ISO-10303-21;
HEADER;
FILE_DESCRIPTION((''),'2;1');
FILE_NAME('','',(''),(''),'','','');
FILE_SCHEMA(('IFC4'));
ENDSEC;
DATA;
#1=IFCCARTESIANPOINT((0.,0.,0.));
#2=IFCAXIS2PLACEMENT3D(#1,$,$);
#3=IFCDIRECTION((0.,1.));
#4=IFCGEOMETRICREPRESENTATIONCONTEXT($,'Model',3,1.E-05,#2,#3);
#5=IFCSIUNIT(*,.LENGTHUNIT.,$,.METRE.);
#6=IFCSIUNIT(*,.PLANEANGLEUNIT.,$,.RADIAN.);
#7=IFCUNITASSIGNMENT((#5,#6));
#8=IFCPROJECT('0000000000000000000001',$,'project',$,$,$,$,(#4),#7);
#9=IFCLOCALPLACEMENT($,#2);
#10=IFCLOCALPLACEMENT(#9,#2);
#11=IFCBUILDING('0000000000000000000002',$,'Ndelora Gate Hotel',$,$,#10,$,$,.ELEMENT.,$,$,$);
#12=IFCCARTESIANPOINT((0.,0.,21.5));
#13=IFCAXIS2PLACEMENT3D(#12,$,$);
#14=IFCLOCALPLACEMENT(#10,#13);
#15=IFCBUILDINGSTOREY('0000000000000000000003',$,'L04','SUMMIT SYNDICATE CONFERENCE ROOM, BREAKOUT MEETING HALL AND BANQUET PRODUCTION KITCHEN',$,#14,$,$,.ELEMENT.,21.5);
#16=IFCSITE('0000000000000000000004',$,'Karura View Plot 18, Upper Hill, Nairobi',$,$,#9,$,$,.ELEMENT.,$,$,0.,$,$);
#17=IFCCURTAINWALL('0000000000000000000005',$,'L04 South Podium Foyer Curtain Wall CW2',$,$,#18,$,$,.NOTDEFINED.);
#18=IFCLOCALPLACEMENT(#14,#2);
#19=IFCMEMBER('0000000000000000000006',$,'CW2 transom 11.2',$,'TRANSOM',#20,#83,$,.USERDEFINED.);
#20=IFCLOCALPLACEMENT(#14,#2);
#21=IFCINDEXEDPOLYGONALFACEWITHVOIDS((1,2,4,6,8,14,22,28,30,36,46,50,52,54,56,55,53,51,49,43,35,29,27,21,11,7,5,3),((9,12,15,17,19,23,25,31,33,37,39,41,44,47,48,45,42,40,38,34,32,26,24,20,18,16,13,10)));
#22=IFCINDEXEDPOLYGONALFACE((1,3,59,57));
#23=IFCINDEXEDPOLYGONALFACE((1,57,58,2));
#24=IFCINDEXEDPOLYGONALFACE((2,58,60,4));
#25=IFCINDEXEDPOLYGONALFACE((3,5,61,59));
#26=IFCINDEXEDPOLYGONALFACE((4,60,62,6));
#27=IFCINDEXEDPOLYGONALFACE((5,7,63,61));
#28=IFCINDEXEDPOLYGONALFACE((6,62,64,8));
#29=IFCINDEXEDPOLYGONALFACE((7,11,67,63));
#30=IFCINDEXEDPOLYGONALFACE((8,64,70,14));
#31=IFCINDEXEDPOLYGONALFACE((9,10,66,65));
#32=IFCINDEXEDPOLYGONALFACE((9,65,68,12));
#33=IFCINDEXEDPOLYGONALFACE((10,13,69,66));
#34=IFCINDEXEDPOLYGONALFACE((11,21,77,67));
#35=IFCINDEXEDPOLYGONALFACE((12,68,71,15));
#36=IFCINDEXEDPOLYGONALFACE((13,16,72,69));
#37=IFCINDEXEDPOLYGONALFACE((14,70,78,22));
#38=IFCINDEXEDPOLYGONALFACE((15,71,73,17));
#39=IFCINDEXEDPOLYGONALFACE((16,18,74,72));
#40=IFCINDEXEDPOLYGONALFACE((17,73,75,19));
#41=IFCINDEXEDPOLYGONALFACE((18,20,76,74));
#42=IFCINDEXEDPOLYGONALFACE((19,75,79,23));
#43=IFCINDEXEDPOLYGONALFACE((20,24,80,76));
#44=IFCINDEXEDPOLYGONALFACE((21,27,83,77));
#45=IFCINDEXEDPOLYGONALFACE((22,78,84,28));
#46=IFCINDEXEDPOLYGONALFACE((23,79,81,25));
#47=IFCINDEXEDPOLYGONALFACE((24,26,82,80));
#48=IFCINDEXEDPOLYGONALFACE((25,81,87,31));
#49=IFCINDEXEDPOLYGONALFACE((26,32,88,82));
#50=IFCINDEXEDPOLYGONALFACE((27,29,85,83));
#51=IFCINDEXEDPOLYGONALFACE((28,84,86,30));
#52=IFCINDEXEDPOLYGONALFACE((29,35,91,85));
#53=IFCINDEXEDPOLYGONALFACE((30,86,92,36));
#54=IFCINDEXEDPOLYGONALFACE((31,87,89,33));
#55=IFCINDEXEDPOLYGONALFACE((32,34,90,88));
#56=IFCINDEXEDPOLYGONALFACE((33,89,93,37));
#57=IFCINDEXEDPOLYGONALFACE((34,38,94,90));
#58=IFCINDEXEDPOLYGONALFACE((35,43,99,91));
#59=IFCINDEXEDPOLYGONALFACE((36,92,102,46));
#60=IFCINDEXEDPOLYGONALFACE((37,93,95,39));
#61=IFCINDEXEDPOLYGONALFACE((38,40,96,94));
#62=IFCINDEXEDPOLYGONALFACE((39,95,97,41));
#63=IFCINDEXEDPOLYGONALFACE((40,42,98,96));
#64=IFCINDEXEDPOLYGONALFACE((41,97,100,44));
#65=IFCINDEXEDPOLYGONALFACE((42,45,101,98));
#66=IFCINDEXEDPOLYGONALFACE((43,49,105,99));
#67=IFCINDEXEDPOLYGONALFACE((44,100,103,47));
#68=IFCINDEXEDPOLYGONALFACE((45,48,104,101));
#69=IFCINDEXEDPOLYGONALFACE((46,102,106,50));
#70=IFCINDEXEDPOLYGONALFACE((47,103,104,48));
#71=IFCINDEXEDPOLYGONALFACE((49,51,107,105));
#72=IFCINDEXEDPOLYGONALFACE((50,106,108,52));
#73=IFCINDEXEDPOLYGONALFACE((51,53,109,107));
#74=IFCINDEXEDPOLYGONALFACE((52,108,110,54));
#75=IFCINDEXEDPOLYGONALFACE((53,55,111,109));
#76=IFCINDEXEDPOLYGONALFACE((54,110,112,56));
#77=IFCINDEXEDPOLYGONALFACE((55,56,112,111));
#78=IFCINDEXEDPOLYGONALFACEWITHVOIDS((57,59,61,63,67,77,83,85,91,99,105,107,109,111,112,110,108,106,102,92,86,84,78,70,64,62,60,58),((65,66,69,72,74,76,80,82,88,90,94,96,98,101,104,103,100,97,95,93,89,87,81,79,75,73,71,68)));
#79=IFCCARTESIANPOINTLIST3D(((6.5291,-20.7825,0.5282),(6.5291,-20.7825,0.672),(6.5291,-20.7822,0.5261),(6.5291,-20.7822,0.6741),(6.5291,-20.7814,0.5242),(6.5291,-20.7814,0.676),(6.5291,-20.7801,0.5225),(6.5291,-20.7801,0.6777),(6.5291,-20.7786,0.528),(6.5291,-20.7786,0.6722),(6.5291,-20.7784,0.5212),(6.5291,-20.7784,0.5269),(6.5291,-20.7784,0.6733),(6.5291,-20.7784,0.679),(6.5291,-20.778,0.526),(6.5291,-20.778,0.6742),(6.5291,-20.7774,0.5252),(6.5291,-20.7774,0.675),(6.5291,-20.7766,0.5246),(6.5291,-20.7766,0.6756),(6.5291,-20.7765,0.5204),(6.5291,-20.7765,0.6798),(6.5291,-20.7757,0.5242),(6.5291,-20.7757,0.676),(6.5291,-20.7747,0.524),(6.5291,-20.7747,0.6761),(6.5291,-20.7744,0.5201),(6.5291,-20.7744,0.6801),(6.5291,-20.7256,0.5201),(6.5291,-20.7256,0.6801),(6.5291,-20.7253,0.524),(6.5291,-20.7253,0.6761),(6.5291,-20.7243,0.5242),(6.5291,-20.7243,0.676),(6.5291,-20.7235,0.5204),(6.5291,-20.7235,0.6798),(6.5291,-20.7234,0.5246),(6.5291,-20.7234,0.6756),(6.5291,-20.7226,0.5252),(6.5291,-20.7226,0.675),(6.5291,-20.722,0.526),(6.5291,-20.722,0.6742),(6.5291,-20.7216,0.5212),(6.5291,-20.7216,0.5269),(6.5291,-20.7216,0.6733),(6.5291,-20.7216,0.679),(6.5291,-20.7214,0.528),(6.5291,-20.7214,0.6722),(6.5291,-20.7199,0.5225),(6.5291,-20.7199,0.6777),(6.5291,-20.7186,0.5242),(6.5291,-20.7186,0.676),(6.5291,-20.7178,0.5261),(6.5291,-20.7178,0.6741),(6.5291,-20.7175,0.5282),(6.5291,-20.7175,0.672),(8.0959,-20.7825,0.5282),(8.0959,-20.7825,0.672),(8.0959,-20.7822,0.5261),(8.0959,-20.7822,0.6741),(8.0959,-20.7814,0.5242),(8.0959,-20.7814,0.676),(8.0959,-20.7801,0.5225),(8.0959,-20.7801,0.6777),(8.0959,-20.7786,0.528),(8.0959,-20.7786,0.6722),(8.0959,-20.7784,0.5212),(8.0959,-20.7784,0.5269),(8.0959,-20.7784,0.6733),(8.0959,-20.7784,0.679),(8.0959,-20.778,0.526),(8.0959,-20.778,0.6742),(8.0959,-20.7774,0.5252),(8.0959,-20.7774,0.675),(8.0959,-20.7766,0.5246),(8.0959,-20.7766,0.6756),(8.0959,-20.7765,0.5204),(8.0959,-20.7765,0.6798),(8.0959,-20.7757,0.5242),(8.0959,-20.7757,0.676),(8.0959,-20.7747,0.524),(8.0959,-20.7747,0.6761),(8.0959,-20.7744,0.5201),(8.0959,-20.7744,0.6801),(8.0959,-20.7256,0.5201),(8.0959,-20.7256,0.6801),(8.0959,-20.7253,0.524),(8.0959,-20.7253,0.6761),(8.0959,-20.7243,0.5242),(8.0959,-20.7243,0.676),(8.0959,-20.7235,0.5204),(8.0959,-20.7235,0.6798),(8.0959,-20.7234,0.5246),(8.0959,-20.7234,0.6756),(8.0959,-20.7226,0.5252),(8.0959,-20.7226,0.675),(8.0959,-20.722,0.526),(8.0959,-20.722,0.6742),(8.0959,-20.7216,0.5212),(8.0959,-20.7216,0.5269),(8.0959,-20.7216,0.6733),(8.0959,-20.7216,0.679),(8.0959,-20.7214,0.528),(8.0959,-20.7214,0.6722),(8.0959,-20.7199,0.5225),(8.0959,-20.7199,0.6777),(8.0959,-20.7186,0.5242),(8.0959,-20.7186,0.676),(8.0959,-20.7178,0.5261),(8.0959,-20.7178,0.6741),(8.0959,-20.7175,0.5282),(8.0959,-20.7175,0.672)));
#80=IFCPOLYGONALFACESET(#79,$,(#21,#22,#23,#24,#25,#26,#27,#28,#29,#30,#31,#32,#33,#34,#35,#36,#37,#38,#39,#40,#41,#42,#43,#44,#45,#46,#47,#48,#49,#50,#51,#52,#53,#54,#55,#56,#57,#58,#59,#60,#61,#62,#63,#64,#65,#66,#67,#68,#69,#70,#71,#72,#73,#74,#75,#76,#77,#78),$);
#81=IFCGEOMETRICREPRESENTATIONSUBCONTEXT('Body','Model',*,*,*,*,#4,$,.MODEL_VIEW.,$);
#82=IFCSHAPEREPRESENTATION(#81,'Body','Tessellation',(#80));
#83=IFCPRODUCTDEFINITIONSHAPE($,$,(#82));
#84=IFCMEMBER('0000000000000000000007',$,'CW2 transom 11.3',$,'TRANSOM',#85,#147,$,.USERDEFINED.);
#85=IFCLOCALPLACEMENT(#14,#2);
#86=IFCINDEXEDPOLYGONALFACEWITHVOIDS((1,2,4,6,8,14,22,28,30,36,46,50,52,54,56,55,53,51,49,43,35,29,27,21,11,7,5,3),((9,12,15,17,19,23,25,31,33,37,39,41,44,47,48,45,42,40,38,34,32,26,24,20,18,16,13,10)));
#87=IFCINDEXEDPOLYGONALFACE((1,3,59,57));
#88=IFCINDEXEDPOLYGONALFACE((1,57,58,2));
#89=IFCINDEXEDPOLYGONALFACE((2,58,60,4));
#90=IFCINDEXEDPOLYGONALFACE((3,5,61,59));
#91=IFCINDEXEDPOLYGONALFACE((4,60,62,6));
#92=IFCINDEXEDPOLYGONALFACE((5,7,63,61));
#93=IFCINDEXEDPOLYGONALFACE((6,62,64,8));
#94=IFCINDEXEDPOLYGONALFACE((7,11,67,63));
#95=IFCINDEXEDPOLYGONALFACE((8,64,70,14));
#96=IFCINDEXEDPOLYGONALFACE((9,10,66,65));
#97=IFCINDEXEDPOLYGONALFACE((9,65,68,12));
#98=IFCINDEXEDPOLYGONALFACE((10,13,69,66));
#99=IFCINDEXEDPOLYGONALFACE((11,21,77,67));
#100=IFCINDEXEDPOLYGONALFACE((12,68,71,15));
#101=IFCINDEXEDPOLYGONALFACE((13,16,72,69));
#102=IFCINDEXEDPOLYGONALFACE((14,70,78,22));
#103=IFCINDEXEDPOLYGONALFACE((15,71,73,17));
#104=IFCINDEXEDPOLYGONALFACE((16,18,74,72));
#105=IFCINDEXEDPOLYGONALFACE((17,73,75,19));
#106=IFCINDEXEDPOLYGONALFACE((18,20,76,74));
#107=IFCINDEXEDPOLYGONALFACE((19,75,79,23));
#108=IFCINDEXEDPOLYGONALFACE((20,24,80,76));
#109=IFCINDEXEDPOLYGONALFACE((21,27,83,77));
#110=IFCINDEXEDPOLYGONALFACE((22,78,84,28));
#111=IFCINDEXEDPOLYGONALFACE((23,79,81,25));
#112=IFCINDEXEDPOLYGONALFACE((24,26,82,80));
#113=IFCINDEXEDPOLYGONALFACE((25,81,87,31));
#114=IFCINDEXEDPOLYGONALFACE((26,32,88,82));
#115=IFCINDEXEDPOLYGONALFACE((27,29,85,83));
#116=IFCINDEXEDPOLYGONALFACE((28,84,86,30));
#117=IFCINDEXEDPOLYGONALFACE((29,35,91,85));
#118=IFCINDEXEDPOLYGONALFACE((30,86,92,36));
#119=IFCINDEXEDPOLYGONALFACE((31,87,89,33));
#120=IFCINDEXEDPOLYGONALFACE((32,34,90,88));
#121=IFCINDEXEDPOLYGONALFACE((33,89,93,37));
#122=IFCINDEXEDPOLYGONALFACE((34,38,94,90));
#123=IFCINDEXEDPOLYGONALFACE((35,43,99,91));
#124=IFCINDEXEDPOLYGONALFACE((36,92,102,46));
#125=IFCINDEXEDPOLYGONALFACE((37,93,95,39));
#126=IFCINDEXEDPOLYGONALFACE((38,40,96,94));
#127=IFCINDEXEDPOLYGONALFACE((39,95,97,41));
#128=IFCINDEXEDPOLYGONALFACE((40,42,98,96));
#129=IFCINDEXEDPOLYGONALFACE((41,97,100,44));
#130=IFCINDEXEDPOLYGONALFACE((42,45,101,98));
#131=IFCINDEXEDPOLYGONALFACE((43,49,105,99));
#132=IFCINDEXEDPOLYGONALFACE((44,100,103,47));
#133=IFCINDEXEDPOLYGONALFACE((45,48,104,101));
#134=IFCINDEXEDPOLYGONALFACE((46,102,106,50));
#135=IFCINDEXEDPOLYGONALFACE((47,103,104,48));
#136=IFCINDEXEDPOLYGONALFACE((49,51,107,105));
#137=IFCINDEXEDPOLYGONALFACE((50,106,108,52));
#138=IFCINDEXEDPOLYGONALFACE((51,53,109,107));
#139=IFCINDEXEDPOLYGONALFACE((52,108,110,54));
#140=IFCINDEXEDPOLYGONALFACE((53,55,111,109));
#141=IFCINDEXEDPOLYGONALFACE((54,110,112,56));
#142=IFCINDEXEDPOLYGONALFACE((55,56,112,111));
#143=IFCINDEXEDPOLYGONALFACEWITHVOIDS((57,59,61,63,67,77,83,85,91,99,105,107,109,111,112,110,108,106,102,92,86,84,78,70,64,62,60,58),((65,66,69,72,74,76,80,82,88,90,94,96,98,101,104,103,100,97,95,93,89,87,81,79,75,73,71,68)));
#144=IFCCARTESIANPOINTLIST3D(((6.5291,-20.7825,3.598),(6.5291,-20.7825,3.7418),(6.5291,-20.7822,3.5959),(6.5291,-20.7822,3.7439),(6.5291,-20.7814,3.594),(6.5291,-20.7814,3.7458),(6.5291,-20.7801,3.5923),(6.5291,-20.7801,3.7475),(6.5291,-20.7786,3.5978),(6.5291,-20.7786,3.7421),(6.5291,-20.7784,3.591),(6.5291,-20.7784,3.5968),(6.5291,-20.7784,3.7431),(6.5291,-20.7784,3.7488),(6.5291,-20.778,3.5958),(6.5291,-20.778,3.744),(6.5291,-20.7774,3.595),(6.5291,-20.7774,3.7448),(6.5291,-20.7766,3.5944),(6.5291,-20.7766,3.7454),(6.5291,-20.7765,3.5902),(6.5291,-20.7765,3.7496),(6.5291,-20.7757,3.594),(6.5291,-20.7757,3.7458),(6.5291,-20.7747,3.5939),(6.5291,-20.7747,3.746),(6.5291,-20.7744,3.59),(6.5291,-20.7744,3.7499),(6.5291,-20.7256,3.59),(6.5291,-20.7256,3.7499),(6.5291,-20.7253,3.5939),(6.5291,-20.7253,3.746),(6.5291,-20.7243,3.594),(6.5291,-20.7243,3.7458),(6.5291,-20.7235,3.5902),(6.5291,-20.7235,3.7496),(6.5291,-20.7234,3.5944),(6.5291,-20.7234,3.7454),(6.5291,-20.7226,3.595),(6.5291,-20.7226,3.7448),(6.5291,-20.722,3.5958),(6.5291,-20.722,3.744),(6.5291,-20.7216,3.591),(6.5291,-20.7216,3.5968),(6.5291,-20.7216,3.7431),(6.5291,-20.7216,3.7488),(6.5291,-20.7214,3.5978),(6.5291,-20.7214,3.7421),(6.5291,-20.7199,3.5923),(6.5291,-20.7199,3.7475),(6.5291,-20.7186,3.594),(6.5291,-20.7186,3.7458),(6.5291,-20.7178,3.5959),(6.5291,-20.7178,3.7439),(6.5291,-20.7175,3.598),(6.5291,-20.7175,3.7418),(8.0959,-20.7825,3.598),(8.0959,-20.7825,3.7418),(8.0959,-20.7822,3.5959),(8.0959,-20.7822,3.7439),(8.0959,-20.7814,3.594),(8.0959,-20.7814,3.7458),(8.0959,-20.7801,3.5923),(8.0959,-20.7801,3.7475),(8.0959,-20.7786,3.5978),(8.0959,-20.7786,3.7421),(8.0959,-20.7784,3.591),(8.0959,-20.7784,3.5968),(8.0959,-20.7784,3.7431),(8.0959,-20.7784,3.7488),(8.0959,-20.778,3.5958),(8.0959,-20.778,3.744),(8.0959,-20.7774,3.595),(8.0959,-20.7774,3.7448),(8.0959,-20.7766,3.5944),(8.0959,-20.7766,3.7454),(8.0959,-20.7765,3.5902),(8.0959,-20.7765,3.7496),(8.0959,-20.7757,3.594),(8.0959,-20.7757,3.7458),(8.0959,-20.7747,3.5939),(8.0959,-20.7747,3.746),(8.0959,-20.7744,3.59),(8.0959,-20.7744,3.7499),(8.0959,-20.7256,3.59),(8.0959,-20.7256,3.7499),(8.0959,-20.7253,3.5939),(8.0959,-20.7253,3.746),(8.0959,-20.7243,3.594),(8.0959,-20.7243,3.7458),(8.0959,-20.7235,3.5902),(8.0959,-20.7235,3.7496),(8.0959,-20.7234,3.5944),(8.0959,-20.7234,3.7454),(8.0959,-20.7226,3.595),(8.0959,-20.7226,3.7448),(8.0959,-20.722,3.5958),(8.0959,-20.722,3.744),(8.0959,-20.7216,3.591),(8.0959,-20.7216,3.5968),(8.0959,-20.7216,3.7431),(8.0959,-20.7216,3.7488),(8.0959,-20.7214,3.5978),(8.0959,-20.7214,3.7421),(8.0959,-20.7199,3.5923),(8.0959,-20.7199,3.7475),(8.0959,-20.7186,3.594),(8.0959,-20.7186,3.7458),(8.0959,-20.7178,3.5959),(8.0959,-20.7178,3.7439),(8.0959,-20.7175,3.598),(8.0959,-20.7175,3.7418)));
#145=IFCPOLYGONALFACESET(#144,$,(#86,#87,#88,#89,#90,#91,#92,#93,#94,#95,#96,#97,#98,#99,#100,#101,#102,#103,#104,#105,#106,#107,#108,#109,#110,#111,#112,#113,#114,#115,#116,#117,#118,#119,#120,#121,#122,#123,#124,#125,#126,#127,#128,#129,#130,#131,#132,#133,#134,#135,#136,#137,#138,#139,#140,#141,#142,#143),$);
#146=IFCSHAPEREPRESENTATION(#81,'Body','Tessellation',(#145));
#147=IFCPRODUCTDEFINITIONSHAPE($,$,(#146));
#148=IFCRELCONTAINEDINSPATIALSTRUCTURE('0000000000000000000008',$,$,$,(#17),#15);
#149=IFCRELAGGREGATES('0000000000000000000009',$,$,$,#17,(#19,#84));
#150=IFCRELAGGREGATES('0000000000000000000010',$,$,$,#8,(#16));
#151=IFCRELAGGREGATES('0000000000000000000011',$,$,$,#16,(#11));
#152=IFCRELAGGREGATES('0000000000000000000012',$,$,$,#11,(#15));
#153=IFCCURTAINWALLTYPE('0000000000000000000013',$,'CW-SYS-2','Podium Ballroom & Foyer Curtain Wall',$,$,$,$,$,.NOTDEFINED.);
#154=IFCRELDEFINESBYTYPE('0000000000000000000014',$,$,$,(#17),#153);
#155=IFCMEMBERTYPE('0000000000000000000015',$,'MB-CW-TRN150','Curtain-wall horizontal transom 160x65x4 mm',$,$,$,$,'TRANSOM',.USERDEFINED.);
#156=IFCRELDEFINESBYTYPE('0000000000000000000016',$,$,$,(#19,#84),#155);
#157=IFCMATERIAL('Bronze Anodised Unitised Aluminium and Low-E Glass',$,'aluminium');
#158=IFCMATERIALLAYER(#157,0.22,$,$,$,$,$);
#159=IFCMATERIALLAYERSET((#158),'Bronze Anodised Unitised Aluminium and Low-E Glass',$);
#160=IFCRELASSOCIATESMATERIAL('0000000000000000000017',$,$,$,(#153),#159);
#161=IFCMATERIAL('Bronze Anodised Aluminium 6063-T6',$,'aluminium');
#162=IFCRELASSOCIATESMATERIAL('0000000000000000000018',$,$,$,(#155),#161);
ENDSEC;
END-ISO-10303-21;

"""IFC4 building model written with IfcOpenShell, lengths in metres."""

from ifc_helpers import new_model, si_unit, direction, frame, origin, origin_2d, place, context, subcontext, project, spatial, hollow_rectangle, extrude, material, layer, layer_set, material_profile, profile_set, type_object, element, aggregate, save


model = new_model("IFC4")

# Units and contexts
model_context = context("Model", 3, precision=1e-05, world=origin(), true_north=direction((0.0, 1.0)))
body_context = subcontext(model_context, "Body", "Model", "MODEL_VIEW")
ifc_project = project(units=[si_unit("LENGTHUNIT", "METRE"), si_unit("PLANEANGLEUNIT", "RADIAN")], contexts=[model_context])

# Site, building, storey
site_placement = place(None, origin())
site = spatial("IfcSite", under=ifc_project, at=site_placement, Name="Karura View Plot 18, Upper Hill, Nairobi", CompositionType="ELEMENT", RefElevation=0.0)
building_placement = place(site_placement, origin())
building = spatial("IfcBuilding", under=site, at=building_placement, Name="Ndelora Gate Hotel", CompositionType="ELEMENT")
storey_placement = place(building_placement, frame((0.0, 0.0, 21.5)))
storey = spatial("IfcBuildingStorey", under=building, at=storey_placement, Name="L04", Description="SUMMIT SYNDICATE CONFERENCE ROOM, BREAKOUT MEETING HALL AND BANQUET PRODUCTION KITCHEN", CompositionType="ELEMENT", Elevation=21.5)

# Curtain wall, members
ifc_material_1 = material(Name="Bronze Anodised Unitised Aluminium and Low-E Glass", Category="aluminium")
ifc_layer_1 = layer(ifc_material_1, 0.22)
ifc_layer_set_1 = layer_set([ifc_layer_1], Name="Bronze Anodised Unitised Aluminium and Low-E Glass")
curtain_wall_type = type_object("IfcCurtainWallType", Name="CW-SYS-2", Description="Podium Ballroom & Foyer Curtain Wall", PredefinedType="NOTDEFINED", material=ifc_layer_set_1)
curtain_wall_placement = place(storey_placement, origin())
curtain_wall = element("IfcCurtainWall", 1, at=curtain_wall_placement, inside=storey, type_object=curtain_wall_type, Name="L04 South Podium Foyer Curtain Wall CW2", PredefinedType="NOTDEFINED")
ifc_material_2 = material(Name="Bronze Anodised Aluminium 6063-T6", Category="aluminium")
ifc_material_profile_1 = material_profile(ifc_material_2, hollow_rectangle(XDim=0.0649, YDim=0.1599, WallThickness=0.0039, InnerFilletRadius=0.0039, OuterFilletRadius=0.0081, at=origin_2d()), Name="ALU 160x65x4")
ifc_profile_set_1 = profile_set([ifc_material_profile_1], Name="Bronze Anodised Aluminium 6063-T6")
member_type_1 = type_object("IfcMemberType", Name="MB-CW-TRN150", Description="Curtain-wall horizontal transom 160x65x4 mm", ElementType="TRANSOM", PredefinedType="USERDEFINED", material=ifc_profile_set_1)
member_1_placement = place(storey_placement, frame((6.5291, -20.75, 0.6001), z_axis=(1.0, 0.0, 0.0), x_axis=(0.0, 1.0, 0.0)))
member_1 = element("IfcMember", 2, at=member_1_placement, type_object=member_type_1, Name="CW2 transom 11.2", ObjectType="TRANSOM", PredefinedType="USERDEFINED", context=body_context, shape_type="SweptSolid", body=[
    extrude(hollow_rectangle(XDim=0.0649, YDim=0.1599, WallThickness=0.0039, InnerFilletRadius=0.0039, OuterFilletRadius=0.0081, at=origin_2d()), origin(), (0.0, 0.0, 1.0), 1.5669),
])
member_2_placement = place(storey_placement, frame((6.5291, -20.75, 3.6699), z_axis=(1.0, 0.0, 0.0), x_axis=(0.0, 1.0, 0.0)))
member_2 = element("IfcMember", 3, at=member_2_placement, type_object=member_type_1, Name="CW2 transom 11.3", ObjectType="TRANSOM", PredefinedType="USERDEFINED", context=body_context, shape_type="SweptSolid", body=[
    extrude(hollow_rectangle(XDim=0.0649, YDim=0.1599, WallThickness=0.0039, InnerFilletRadius=0.0039, OuterFilletRadius=0.0081, at=origin_2d()), origin(), (0.0, 0.0, 1.0), 1.5669),
])
aggregate(curtain_wall, [member_1, member_2])

save(model, "model.ifc")
